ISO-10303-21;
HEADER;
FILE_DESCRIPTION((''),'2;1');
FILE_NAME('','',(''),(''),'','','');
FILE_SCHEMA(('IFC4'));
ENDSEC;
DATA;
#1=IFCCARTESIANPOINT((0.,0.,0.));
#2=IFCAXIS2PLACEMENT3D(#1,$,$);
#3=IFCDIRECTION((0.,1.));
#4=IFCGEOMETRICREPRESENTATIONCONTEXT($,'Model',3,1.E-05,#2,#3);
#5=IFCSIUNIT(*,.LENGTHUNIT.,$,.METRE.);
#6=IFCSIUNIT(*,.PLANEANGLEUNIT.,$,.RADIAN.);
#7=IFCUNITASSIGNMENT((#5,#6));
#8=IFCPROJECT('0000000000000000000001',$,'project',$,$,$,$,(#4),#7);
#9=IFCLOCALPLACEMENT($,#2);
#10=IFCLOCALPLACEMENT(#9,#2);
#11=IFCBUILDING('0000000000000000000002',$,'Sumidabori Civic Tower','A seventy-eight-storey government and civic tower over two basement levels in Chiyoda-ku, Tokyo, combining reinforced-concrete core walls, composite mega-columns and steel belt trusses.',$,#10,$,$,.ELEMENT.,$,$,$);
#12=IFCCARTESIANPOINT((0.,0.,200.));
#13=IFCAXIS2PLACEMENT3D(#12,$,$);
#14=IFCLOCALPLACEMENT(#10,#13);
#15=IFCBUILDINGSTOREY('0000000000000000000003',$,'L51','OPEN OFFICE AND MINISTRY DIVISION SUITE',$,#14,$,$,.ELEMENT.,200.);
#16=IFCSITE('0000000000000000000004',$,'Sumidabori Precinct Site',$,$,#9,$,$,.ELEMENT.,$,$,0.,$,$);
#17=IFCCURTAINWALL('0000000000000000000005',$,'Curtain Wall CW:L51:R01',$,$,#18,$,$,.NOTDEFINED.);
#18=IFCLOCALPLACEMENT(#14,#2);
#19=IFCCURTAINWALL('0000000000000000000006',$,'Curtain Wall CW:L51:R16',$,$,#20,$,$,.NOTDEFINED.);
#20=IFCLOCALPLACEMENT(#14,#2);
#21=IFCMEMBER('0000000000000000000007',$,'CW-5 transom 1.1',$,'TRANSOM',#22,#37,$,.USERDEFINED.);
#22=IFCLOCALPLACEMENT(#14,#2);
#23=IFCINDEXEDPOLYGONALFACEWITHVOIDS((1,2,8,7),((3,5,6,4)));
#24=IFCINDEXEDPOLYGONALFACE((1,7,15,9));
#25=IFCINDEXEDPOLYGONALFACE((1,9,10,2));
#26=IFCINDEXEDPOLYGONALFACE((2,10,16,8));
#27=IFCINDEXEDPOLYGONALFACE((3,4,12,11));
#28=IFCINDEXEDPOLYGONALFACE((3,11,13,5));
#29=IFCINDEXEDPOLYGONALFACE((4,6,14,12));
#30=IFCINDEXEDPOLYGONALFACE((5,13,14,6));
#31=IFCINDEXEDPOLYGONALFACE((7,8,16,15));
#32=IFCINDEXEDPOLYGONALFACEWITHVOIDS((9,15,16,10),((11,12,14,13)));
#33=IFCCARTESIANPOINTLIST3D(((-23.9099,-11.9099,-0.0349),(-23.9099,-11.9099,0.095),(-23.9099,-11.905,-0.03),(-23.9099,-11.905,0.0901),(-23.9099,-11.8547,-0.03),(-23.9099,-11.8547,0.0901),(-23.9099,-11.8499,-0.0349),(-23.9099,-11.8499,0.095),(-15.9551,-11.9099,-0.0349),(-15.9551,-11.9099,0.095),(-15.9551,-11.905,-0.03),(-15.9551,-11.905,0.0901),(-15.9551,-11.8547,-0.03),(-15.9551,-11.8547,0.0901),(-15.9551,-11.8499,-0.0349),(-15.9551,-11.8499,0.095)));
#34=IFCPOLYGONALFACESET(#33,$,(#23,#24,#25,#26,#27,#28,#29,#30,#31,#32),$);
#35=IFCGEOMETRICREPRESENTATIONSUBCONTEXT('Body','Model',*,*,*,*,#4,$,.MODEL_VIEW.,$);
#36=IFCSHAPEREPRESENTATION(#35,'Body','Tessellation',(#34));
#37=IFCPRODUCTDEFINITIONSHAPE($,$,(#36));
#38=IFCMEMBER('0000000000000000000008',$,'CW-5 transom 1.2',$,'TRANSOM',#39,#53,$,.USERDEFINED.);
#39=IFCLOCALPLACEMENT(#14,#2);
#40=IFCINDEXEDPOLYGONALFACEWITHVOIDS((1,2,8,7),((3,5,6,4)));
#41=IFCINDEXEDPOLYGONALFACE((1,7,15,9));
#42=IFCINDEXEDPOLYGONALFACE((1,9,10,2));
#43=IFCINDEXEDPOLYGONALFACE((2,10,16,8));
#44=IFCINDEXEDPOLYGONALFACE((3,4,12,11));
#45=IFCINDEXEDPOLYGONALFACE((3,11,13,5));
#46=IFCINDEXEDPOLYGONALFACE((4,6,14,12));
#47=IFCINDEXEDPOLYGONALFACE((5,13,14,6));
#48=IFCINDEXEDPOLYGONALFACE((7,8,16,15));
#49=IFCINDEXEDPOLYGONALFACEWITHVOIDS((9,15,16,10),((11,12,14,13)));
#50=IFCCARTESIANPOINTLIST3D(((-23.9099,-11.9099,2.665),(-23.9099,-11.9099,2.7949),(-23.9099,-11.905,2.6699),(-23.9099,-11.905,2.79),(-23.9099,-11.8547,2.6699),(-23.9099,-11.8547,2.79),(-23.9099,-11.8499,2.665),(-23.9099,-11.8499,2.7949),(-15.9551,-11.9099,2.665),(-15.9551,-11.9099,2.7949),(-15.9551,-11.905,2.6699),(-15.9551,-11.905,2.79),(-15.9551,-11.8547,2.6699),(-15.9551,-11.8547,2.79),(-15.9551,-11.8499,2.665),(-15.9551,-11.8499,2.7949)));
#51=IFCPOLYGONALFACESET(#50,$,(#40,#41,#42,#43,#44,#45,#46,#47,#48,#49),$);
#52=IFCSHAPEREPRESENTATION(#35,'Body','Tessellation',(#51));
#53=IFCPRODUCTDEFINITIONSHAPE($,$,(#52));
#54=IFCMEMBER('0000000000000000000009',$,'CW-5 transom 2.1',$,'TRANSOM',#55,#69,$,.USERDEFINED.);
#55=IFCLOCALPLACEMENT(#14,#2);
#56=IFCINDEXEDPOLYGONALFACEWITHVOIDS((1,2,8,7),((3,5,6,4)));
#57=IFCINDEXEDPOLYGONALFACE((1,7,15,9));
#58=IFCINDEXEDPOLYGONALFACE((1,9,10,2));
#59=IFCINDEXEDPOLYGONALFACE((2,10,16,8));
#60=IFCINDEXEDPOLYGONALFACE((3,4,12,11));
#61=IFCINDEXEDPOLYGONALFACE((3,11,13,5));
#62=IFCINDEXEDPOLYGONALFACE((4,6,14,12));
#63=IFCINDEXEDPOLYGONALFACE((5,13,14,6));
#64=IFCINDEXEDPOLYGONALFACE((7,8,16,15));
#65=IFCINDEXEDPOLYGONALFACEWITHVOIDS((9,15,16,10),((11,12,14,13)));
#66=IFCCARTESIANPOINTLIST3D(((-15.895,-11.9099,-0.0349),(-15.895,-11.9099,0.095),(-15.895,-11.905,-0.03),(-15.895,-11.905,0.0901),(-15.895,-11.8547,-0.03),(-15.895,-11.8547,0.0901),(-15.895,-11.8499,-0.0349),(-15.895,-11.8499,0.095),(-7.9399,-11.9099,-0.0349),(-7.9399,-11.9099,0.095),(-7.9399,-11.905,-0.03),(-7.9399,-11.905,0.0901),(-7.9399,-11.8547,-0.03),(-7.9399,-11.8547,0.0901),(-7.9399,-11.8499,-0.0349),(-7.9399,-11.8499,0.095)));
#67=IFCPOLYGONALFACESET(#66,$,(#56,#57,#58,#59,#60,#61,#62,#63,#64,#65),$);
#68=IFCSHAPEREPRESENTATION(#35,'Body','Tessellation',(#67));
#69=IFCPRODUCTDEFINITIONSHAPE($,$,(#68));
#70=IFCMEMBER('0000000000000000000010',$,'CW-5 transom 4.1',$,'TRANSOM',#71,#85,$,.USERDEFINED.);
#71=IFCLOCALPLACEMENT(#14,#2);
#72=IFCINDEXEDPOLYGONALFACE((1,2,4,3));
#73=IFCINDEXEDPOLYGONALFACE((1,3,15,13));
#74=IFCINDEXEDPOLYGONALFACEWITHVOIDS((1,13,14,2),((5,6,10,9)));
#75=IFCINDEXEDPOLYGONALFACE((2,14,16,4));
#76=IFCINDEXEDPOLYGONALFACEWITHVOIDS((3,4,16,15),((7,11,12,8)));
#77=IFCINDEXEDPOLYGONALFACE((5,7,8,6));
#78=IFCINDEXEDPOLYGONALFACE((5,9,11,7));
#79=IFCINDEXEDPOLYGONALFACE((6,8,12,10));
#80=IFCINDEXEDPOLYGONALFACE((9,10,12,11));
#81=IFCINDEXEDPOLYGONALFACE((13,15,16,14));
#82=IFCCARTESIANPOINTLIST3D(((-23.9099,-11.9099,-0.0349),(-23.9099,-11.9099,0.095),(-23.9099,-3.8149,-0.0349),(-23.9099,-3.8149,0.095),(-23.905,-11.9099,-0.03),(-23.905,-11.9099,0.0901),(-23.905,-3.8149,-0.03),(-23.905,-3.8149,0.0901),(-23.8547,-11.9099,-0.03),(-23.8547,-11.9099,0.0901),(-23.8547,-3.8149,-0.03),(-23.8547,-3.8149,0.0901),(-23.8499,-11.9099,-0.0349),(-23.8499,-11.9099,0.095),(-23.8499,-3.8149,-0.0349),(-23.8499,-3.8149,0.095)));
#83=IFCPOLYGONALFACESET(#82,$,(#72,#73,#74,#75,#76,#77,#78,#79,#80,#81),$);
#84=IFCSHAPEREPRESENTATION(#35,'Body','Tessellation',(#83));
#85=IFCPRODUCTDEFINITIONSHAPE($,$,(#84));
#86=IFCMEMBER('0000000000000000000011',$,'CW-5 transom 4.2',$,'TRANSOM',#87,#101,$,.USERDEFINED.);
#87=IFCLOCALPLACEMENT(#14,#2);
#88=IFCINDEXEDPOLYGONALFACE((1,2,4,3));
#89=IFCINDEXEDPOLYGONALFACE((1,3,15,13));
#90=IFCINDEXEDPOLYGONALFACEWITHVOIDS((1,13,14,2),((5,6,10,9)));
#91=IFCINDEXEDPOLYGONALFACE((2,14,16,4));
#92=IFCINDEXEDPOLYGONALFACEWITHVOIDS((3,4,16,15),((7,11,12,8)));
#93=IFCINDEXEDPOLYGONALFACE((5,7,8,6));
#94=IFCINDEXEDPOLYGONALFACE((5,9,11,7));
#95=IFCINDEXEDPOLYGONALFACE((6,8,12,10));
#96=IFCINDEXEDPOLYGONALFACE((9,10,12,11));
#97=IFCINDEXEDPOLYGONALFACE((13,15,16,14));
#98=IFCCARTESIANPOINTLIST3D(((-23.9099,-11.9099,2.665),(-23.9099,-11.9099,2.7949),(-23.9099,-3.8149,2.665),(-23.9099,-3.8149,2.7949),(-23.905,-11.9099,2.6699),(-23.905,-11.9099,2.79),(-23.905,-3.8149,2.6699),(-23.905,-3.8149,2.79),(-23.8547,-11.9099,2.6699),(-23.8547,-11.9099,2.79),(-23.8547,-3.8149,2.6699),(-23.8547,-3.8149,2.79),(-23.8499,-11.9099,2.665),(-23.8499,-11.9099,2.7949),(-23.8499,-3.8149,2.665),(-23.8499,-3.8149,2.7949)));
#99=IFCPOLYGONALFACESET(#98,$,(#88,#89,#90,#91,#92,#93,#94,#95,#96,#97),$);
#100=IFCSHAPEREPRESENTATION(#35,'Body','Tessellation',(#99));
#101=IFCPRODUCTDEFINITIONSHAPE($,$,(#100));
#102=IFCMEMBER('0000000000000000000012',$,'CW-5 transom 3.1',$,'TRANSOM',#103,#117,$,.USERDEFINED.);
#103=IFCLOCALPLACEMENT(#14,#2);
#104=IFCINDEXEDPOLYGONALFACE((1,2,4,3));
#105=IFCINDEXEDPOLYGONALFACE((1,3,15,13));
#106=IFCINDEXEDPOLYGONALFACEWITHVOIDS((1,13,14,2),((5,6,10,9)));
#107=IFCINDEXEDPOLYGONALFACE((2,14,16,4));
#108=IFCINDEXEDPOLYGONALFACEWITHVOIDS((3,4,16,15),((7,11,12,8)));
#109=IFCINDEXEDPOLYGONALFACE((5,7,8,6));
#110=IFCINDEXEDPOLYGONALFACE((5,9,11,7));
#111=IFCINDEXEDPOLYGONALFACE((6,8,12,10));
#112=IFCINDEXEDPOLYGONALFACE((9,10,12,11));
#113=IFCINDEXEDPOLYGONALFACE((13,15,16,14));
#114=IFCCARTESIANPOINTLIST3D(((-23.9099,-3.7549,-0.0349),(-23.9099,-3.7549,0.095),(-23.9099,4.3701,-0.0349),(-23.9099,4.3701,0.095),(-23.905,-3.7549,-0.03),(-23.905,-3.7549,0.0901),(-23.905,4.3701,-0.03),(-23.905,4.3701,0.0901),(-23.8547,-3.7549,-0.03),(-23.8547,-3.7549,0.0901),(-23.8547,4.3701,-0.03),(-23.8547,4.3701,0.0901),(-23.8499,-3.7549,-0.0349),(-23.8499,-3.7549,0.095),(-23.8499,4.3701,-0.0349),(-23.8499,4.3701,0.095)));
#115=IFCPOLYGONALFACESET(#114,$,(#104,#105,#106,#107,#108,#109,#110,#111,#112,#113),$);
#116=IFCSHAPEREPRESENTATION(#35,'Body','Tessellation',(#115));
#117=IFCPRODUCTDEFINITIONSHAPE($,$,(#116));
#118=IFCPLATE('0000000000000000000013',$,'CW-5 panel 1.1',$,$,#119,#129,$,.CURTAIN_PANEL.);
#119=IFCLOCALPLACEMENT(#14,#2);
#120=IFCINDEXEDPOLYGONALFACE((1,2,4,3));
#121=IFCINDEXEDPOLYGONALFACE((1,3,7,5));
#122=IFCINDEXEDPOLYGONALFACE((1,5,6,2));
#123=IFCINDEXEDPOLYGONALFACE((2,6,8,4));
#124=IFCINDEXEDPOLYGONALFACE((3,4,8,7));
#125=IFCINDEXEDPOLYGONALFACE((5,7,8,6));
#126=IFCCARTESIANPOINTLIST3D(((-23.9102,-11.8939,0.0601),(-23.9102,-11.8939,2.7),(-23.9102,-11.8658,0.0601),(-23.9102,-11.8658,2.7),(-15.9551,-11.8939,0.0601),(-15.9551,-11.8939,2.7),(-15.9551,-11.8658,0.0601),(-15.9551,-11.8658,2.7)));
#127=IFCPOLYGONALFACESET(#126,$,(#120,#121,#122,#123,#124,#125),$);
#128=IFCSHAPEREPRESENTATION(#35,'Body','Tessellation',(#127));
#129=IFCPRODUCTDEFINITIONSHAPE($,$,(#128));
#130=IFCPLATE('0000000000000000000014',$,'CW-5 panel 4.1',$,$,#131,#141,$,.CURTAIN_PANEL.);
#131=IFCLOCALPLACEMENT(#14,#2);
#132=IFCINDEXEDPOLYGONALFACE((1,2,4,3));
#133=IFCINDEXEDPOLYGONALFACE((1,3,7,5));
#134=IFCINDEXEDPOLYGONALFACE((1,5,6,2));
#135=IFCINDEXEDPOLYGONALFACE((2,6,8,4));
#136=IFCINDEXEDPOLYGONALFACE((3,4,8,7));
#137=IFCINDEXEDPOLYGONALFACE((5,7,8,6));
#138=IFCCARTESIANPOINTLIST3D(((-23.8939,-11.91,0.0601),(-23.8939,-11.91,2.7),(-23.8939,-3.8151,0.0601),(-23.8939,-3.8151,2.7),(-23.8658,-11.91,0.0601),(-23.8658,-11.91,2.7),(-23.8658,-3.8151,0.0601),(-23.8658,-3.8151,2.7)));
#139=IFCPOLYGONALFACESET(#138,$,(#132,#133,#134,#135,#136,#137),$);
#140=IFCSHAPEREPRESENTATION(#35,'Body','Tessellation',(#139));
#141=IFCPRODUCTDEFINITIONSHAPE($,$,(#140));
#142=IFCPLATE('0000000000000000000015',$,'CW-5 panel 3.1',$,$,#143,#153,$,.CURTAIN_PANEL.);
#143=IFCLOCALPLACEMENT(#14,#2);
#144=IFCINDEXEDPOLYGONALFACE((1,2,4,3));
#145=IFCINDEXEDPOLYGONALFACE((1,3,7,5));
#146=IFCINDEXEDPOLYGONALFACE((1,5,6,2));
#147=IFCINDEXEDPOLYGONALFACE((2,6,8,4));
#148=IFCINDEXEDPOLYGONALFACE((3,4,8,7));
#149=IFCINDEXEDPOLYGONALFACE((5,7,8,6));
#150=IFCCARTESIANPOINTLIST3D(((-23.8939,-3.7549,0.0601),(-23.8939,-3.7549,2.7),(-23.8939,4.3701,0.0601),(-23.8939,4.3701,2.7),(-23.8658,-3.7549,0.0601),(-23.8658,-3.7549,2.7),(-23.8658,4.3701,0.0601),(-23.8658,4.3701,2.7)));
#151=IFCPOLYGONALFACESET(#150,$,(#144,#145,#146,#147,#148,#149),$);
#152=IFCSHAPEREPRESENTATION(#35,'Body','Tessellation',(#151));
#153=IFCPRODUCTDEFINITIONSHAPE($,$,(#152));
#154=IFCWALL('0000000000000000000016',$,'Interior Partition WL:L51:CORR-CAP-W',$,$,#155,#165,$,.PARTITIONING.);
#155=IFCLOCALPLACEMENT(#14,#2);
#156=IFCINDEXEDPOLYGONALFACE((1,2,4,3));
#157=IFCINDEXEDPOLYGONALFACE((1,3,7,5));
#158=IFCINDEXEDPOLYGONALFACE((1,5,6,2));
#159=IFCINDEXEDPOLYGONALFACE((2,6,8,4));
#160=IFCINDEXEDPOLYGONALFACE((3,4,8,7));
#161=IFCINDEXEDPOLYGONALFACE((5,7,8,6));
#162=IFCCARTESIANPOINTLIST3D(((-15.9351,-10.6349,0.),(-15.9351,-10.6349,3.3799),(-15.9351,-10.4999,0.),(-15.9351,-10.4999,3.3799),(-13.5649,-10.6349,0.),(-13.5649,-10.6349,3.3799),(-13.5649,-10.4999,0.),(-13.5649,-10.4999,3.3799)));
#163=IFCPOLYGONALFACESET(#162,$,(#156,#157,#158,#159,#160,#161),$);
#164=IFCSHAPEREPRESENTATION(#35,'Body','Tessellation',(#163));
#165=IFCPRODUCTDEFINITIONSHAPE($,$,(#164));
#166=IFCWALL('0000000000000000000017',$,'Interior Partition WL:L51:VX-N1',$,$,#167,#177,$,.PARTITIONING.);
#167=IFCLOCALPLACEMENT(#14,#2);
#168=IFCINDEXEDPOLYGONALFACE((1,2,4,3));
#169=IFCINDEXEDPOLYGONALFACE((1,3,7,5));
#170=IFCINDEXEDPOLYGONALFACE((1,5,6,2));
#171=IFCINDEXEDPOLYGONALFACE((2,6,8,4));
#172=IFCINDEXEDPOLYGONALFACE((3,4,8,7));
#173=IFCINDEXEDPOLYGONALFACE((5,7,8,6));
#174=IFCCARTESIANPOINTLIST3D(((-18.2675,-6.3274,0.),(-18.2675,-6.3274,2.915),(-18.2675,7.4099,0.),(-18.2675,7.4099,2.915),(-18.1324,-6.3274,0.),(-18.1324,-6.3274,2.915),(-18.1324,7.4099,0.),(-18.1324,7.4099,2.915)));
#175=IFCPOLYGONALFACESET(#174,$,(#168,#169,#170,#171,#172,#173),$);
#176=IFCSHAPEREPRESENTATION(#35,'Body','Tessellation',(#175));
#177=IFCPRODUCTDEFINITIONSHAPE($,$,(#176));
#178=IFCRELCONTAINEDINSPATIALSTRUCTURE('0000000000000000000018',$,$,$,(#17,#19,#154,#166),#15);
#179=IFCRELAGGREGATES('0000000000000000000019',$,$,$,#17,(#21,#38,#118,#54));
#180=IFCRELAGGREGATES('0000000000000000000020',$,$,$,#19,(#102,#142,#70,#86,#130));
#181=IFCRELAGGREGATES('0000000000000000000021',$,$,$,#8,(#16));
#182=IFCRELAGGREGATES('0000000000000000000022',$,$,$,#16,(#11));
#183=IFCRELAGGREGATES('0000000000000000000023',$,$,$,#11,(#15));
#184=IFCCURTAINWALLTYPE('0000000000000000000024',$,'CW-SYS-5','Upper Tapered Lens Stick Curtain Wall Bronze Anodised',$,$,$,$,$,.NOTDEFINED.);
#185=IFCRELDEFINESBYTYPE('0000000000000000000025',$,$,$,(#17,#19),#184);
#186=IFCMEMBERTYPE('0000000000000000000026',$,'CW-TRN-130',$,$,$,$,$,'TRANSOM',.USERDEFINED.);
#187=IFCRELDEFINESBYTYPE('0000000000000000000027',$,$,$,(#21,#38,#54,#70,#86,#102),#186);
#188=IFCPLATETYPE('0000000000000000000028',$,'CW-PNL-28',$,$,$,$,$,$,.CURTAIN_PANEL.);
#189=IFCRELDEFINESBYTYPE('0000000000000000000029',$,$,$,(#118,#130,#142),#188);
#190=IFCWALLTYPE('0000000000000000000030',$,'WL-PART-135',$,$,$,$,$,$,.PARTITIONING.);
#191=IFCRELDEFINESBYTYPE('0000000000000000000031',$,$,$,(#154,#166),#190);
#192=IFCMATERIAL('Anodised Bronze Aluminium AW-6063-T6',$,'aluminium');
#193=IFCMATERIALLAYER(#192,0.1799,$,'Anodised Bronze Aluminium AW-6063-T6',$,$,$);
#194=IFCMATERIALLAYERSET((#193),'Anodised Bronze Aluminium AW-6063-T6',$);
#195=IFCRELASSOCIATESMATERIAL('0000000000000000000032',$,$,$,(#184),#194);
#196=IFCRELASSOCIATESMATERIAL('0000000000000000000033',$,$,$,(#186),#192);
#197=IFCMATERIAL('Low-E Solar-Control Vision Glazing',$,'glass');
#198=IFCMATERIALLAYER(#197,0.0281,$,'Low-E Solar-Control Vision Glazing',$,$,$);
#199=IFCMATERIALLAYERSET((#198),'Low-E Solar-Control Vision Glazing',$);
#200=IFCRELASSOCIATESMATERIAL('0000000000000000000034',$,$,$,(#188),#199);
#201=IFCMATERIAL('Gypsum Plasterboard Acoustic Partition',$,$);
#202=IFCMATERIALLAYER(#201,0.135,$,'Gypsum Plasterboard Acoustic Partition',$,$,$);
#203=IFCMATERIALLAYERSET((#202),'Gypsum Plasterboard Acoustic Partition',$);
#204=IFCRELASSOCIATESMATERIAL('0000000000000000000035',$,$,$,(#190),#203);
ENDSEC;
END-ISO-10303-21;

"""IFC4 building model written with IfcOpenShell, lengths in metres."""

from ifc_helpers import new_model, si_unit, direction, frame, frame_2d, origin, origin_2d, place, context, subcontext, project, spatial, rectangle, hollow_rectangle, extrude, source, transform, mapped, material, layer, layer_set, material_profile, profile_set, type_object, element, aggregate, save


model = new_model("IFC4")

# Units and contexts
model_context = context("Model", 3, precision=1e-05, world=origin(), true_north=direction((0.0, 1.0)))
body_context = subcontext(model_context, "Body", "Model", "MODEL_VIEW")
ifc_project = project(units=[si_unit("LENGTHUNIT", "METRE"), si_unit("PLANEANGLEUNIT", "RADIAN")], contexts=[model_context])

# Site, building, storey
site_placement = place(None, origin())
site = spatial("IfcSite", under=ifc_project, at=site_placement, Name="Sumidabori Precinct Site", CompositionType="ELEMENT", RefElevation=0.0)
building_placement = place(site_placement, origin())
building = spatial("IfcBuilding", under=site, at=building_placement, Name="Sumidabori Civic Tower", Description="A seventy-eight-storey government and civic tower over two basement levels in Chiyoda-ku, Tokyo, combining reinforced-concrete core walls, composite mega-columns and steel belt trusses.", CompositionType="ELEMENT")
storey_placement = place(building_placement, frame((0.0, 0.0, 200.0)))
storey = spatial("IfcBuildingStorey", under=building, at=storey_placement, Name="L51", Description="OPEN OFFICE AND MINISTRY DIVISION SUITE", CompositionType="ELEMENT", Elevation=200.0)

# Curtain walls
ifc_material_1 = material(Name="Anodised Bronze Aluminium AW-6063-T6", Category="aluminium")
ifc_layer_1 = layer(ifc_material_1, 0.1799, Name="Anodised Bronze Aluminium AW-6063-T6")
ifc_layer_set_1 = layer_set([ifc_layer_1], Name="Anodised Bronze Aluminium AW-6063-T6")
curtain_wall_type = type_object("IfcCurtainWallType", Name="CW-SYS-5", Description="Upper Tapered Lens Stick Curtain Wall Bronze Anodised", PredefinedType="NOTDEFINED", material=ifc_layer_set_1)
curtain_wall_1_placement = place(storey_placement, origin())
curtain_wall_1 = element("IfcCurtainWall", 1, at=curtain_wall_1_placement, inside=storey, type_object=curtain_wall_type, Name="Curtain Wall CW:L51:R01", PredefinedType="NOTDEFINED")
curtain_wall_2_placement = place(storey_placement, origin())
curtain_wall_2 = element("IfcCurtainWall", 2, at=curtain_wall_2_placement, inside=storey, type_object=curtain_wall_type, Name="Curtain Wall CW:L51:R16", PredefinedType="NOTDEFINED")

# Members
ifc_material_profile_1 = material_profile(ifc_material_1, hollow_rectangle(XDim=0.0601, YDim=0.1299, WallThickness=0.0049, at=origin_2d()), Name="ALU TRANSOM 130x60")
ifc_profile_set_1 = profile_set([ifc_material_profile_1], Name="Anodised Bronze Aluminium AW-6063-T6")
member_type_1 = type_object("IfcMemberType", Name="CW-TRN-130", ElementType="TRANSOM", PredefinedType="USERDEFINED", material=ifc_profile_set_1)
shared_shape_1 = source(origin(), body_context, "Body", "SweptSolid", [
    extrude(hollow_rectangle(XDim=0.0601, YDim=0.1299, WallThickness=0.0049, at=origin_2d()), origin(), (0.0, 0.0, 1.0), 7.9548),
])
member_1_placement = place(storey_placement, frame((-23.9099, -11.8799, 0.03), z_axis=(1.0, 0.0, 0.0), x_axis=(0.0, 1.0, 0.0)))
member_1 = element("IfcMember", 3, at=member_1_placement, type_object=member_type_1, Name="CW-5 transom 1.1", ObjectType="TRANSOM", PredefinedType="USERDEFINED", context=body_context, shape_type="MappedRepresentation", body=[
    mapped(shared_shape_1, transform((0.0, 0.0, 0.0), x_axis=(1.0, 0.0, 0.0), y_axis=(0.0, 1.0, 0.0), z_axis=(0.0, 0.0, 1.0), scale=1.0)),
])
member_2_placement = place(storey_placement, frame((-23.9099, -11.8799, 2.73), z_axis=(1.0, 0.0, 0.0), x_axis=(0.0, 1.0, 0.0)))
member_2 = element("IfcMember", 4, at=member_2_placement, type_object=member_type_1, Name="CW-5 transom 1.2", ObjectType="TRANSOM", PredefinedType="USERDEFINED", context=body_context, shape_type="MappedRepresentation", body=[
    mapped(shared_shape_1, transform((0.0, 0.0, 0.0), x_axis=(1.0, 0.0, 0.0), y_axis=(0.0, 1.0, 0.0), z_axis=(0.0, 0.0, 1.0), scale=1.0)),
])
shared_shape_2 = source(origin(), body_context, "Body", "SweptSolid", [
    extrude(hollow_rectangle(XDim=0.0601, YDim=0.1299, WallThickness=0.0049, at=origin_2d()), origin(), (0.0, 0.0, 1.0), 7.9551),
])
member_3_placement = place(storey_placement, frame((-15.895, -11.8799, 0.03), z_axis=(1.0, 0.0, 0.0), x_axis=(0.0, 1.0, 0.0)))
member_3 = element("IfcMember", 5, at=member_3_placement, type_object=member_type_1, Name="CW-5 transom 2.1", ObjectType="TRANSOM", PredefinedType="USERDEFINED", context=body_context, shape_type="MappedRepresentation", body=[
    mapped(shared_shape_2, transform((0.0, 0.0, 0.0), x_axis=(1.0, 0.0, 0.0), y_axis=(0.0, 1.0, 0.0), z_axis=(0.0, 0.0, 1.0), scale=1.0)),
])
shared_shape_3 = source(origin(), body_context, "Body", "SweptSolid", [
    extrude(hollow_rectangle(XDim=0.0601, YDim=0.1299, WallThickness=0.0049, at=origin_2d()), origin(), (0.0, 0.0, 1.0), 8.095),
])
member_4_placement = place(storey_placement, frame((-23.8799, -3.8149, 0.03), z_axis=(0.0, -1.0, 0.0), x_axis=(1.0, 0.0, 0.0)))
member_4 = element("IfcMember", 6, at=member_4_placement, type_object=member_type_1, Name="CW-5 transom 4.1", ObjectType="TRANSOM", PredefinedType="USERDEFINED", context=body_context, shape_type="MappedRepresentation", body=[
    mapped(shared_shape_3, transform((0.0, 0.0, 0.0), x_axis=(1.0, 0.0, 0.0), y_axis=(0.0, 1.0, 0.0), z_axis=(0.0, 0.0, 1.0), scale=1.0)),
])
member_5_placement = place(storey_placement, frame((-23.8799, -3.8149, 2.73), z_axis=(0.0, -1.0, 0.0), x_axis=(1.0, 0.0, 0.0)))
member_5 = element("IfcMember", 7, at=member_5_placement, type_object=member_type_1, Name="CW-5 transom 4.2", ObjectType="TRANSOM", PredefinedType="USERDEFINED", context=body_context, shape_type="MappedRepresentation", body=[
    mapped(shared_shape_3, transform((0.0, 0.0, 0.0), x_axis=(1.0, 0.0, 0.0), y_axis=(0.0, 1.0, 0.0), z_axis=(0.0, 0.0, 1.0), scale=1.0)),
])
shared_shape_4 = source(origin(), body_context, "Body", "SweptSolid", [
    extrude(hollow_rectangle(XDim=0.0601, YDim=0.1299, WallThickness=0.0049, at=origin_2d()), origin(), (0.0, 0.0, 1.0), 8.125),
])
member_6_placement = place(storey_placement, frame((-23.8799, 4.3701, 0.03), z_axis=(0.0, -1.0, 0.0), x_axis=(1.0, 0.0, 0.0)))
member_6 = element("IfcMember", 8, at=member_6_placement, type_object=member_type_1, Name="CW-5 transom 3.1", ObjectType="TRANSOM", PredefinedType="USERDEFINED", context=body_context, shape_type="MappedRepresentation", body=[
    mapped(shared_shape_4, transform((0.0, 0.0, 0.0), x_axis=(1.0, 0.0, 0.0), y_axis=(0.0, 1.0, 0.0), z_axis=(0.0, 0.0, 1.0), scale=1.0)),
])

# Plates
ifc_material_2 = material(Name="Low-E Solar-Control Vision Glazing", Category="glass")
ifc_layer_2 = layer(ifc_material_2, 0.0281, Name="Low-E Solar-Control Vision Glazing")
ifc_layer_set_2 = layer_set([ifc_layer_2], Name="Low-E Solar-Control Vision Glazing")
plate_type = type_object("IfcPlateType", Name="CW-PNL-28", PredefinedType="CURTAIN_PANEL", material=ifc_layer_set_2)
shared_shape_5 = source(origin(), body_context, "Body", "SweptSolid", [
    extrude(rectangle(XDim=7.9551, YDim=0.0281, at=origin_2d()), origin(), (0.0, 0.0, 1.0), 2.6399),
])
plate_1_placement = place(storey_placement, frame((-19.9326, -11.8799, 0.0601), z_axis=(0.0, 0.0, 1.0), x_axis=(1.0, 0.0, 0.0)))
plate_1 = element("IfcPlate", 9, at=plate_1_placement, type_object=plate_type, Name="CW-5 panel 1.1", PredefinedType="CURTAIN_PANEL", context=body_context, shape_type="MappedRepresentation", body=[
    mapped(shared_shape_5, transform((0.0, 0.0, 0.0), x_axis=(1.0, 0.0, 0.0), y_axis=(0.0, 1.0, 0.0), z_axis=(0.0, 0.0, 1.0), scale=1.0)),
])
aggregate(curtain_wall_1, [member_1, member_2, plate_1, member_3])
shared_shape_6 = source(origin(), body_context, "Body", "SweptSolid", [
    extrude(rectangle(XDim=8.095, YDim=0.0281, at=origin_2d()), origin(), (0.0, 0.0, 1.0), 2.6399),
])
plate_2_placement = place(storey_placement, frame((-23.8799, -7.8625, 0.0601), z_axis=(0.0, 0.0, 1.0), x_axis=(0.0, -1.0, 0.0)))
plate_2 = element("IfcPlate", 10, at=plate_2_placement, type_object=plate_type, Name="CW-5 panel 4.1", PredefinedType="CURTAIN_PANEL", context=body_context, shape_type="MappedRepresentation", body=[
    mapped(shared_shape_6, transform((0.0, 0.0, 0.0), x_axis=(1.0, 0.0, 0.0), y_axis=(0.0, 1.0, 0.0), z_axis=(0.0, 0.0, 1.0), scale=1.0)),
])
shared_shape_7 = source(origin(), body_context, "Body", "SweptSolid", [
    extrude(rectangle(XDim=8.125, YDim=0.0281, at=origin_2d()), origin(), (0.0, 0.0, 1.0), 2.6399),
])
plate_3_placement = place(storey_placement, frame((-23.8799, 0.3076, 0.0601), z_axis=(0.0, 0.0, 1.0), x_axis=(0.0, -1.0, 0.0)))
plate_3 = element("IfcPlate", 11, at=plate_3_placement, type_object=plate_type, Name="CW-5 panel 3.1", PredefinedType="CURTAIN_PANEL", context=body_context, shape_type="MappedRepresentation", body=[
    mapped(shared_shape_7, transform((0.0, 0.0, 0.0), x_axis=(1.0, 0.0, 0.0), y_axis=(0.0, 1.0, 0.0), z_axis=(0.0, 0.0, 1.0), scale=1.0)),
])
aggregate(curtain_wall_2, [member_6, plate_3, member_4, member_5, plate_2])

# Walls
ifc_material_3 = material(Name="Gypsum Plasterboard Acoustic Partition")
ifc_layer_3 = layer(ifc_material_3, 0.135, Name="Gypsum Plasterboard Acoustic Partition")
ifc_layer_set_3 = layer_set([ifc_layer_3], Name="Gypsum Plasterboard Acoustic Partition")
wall_type = type_object("IfcWallType", Name="WL-PART-135", PredefinedType="PARTITIONING", material=ifc_layer_set_3)
shared_shape_8 = source(origin(), body_context, "Body", "SweptSolid", [
    extrude(rectangle(XDim=2.3701, YDim=0.135, at=frame_2d((1.1851, 0.0))), origin(), (0.0, 0.0, 1.0), 3.3799),
])
wall_1_placement = place(storey_placement, frame((-15.9351, -10.5674, 0.0), z_axis=(0.0, 0.0, 1.0), x_axis=(1.0, 0.0, 0.0)))
element("IfcWall", 12, at=wall_1_placement, inside=storey, type_object=wall_type, Name="Interior Partition WL:L51:CORR-CAP-W", PredefinedType="PARTITIONING", context=body_context, shape_type="MappedRepresentation", body=[
    mapped(shared_shape_8, transform((0.0, 0.0, 0.0), x_axis=(1.0, 0.0, 0.0), y_axis=(0.0, 1.0, 0.0), z_axis=(0.0, 0.0, 1.0), scale=1.0)),
])
shared_shape_9 = source(origin(), body_context, "Body", "SweptSolid", [
    extrude(rectangle(XDim=13.7373, YDim=0.135, at=frame_2d((6.8687, 0.0))), origin(), (0.0, 0.0, 1.0), 2.915),
])
wall_2_placement = place(storey_placement, frame((-18.2, -6.3274, 0.0), z_axis=(0.0, 0.0, 1.0), x_axis=(0.0, 1.0, 0.0)))
element("IfcWall", 13, at=wall_2_placement, inside=storey, type_object=wall_type, Name="Interior Partition WL:L51:VX-N1", PredefinedType="PARTITIONING", context=body_context, shape_type="MappedRepresentation", body=[
    mapped(shared_shape_9, transform((0.0, 0.0, 0.0), x_axis=(1.0, 0.0, 0.0), y_axis=(0.0, 1.0, 0.0), z_axis=(0.0, 0.0, 1.0), scale=1.0)),
])

save(model, "model.ifc")
